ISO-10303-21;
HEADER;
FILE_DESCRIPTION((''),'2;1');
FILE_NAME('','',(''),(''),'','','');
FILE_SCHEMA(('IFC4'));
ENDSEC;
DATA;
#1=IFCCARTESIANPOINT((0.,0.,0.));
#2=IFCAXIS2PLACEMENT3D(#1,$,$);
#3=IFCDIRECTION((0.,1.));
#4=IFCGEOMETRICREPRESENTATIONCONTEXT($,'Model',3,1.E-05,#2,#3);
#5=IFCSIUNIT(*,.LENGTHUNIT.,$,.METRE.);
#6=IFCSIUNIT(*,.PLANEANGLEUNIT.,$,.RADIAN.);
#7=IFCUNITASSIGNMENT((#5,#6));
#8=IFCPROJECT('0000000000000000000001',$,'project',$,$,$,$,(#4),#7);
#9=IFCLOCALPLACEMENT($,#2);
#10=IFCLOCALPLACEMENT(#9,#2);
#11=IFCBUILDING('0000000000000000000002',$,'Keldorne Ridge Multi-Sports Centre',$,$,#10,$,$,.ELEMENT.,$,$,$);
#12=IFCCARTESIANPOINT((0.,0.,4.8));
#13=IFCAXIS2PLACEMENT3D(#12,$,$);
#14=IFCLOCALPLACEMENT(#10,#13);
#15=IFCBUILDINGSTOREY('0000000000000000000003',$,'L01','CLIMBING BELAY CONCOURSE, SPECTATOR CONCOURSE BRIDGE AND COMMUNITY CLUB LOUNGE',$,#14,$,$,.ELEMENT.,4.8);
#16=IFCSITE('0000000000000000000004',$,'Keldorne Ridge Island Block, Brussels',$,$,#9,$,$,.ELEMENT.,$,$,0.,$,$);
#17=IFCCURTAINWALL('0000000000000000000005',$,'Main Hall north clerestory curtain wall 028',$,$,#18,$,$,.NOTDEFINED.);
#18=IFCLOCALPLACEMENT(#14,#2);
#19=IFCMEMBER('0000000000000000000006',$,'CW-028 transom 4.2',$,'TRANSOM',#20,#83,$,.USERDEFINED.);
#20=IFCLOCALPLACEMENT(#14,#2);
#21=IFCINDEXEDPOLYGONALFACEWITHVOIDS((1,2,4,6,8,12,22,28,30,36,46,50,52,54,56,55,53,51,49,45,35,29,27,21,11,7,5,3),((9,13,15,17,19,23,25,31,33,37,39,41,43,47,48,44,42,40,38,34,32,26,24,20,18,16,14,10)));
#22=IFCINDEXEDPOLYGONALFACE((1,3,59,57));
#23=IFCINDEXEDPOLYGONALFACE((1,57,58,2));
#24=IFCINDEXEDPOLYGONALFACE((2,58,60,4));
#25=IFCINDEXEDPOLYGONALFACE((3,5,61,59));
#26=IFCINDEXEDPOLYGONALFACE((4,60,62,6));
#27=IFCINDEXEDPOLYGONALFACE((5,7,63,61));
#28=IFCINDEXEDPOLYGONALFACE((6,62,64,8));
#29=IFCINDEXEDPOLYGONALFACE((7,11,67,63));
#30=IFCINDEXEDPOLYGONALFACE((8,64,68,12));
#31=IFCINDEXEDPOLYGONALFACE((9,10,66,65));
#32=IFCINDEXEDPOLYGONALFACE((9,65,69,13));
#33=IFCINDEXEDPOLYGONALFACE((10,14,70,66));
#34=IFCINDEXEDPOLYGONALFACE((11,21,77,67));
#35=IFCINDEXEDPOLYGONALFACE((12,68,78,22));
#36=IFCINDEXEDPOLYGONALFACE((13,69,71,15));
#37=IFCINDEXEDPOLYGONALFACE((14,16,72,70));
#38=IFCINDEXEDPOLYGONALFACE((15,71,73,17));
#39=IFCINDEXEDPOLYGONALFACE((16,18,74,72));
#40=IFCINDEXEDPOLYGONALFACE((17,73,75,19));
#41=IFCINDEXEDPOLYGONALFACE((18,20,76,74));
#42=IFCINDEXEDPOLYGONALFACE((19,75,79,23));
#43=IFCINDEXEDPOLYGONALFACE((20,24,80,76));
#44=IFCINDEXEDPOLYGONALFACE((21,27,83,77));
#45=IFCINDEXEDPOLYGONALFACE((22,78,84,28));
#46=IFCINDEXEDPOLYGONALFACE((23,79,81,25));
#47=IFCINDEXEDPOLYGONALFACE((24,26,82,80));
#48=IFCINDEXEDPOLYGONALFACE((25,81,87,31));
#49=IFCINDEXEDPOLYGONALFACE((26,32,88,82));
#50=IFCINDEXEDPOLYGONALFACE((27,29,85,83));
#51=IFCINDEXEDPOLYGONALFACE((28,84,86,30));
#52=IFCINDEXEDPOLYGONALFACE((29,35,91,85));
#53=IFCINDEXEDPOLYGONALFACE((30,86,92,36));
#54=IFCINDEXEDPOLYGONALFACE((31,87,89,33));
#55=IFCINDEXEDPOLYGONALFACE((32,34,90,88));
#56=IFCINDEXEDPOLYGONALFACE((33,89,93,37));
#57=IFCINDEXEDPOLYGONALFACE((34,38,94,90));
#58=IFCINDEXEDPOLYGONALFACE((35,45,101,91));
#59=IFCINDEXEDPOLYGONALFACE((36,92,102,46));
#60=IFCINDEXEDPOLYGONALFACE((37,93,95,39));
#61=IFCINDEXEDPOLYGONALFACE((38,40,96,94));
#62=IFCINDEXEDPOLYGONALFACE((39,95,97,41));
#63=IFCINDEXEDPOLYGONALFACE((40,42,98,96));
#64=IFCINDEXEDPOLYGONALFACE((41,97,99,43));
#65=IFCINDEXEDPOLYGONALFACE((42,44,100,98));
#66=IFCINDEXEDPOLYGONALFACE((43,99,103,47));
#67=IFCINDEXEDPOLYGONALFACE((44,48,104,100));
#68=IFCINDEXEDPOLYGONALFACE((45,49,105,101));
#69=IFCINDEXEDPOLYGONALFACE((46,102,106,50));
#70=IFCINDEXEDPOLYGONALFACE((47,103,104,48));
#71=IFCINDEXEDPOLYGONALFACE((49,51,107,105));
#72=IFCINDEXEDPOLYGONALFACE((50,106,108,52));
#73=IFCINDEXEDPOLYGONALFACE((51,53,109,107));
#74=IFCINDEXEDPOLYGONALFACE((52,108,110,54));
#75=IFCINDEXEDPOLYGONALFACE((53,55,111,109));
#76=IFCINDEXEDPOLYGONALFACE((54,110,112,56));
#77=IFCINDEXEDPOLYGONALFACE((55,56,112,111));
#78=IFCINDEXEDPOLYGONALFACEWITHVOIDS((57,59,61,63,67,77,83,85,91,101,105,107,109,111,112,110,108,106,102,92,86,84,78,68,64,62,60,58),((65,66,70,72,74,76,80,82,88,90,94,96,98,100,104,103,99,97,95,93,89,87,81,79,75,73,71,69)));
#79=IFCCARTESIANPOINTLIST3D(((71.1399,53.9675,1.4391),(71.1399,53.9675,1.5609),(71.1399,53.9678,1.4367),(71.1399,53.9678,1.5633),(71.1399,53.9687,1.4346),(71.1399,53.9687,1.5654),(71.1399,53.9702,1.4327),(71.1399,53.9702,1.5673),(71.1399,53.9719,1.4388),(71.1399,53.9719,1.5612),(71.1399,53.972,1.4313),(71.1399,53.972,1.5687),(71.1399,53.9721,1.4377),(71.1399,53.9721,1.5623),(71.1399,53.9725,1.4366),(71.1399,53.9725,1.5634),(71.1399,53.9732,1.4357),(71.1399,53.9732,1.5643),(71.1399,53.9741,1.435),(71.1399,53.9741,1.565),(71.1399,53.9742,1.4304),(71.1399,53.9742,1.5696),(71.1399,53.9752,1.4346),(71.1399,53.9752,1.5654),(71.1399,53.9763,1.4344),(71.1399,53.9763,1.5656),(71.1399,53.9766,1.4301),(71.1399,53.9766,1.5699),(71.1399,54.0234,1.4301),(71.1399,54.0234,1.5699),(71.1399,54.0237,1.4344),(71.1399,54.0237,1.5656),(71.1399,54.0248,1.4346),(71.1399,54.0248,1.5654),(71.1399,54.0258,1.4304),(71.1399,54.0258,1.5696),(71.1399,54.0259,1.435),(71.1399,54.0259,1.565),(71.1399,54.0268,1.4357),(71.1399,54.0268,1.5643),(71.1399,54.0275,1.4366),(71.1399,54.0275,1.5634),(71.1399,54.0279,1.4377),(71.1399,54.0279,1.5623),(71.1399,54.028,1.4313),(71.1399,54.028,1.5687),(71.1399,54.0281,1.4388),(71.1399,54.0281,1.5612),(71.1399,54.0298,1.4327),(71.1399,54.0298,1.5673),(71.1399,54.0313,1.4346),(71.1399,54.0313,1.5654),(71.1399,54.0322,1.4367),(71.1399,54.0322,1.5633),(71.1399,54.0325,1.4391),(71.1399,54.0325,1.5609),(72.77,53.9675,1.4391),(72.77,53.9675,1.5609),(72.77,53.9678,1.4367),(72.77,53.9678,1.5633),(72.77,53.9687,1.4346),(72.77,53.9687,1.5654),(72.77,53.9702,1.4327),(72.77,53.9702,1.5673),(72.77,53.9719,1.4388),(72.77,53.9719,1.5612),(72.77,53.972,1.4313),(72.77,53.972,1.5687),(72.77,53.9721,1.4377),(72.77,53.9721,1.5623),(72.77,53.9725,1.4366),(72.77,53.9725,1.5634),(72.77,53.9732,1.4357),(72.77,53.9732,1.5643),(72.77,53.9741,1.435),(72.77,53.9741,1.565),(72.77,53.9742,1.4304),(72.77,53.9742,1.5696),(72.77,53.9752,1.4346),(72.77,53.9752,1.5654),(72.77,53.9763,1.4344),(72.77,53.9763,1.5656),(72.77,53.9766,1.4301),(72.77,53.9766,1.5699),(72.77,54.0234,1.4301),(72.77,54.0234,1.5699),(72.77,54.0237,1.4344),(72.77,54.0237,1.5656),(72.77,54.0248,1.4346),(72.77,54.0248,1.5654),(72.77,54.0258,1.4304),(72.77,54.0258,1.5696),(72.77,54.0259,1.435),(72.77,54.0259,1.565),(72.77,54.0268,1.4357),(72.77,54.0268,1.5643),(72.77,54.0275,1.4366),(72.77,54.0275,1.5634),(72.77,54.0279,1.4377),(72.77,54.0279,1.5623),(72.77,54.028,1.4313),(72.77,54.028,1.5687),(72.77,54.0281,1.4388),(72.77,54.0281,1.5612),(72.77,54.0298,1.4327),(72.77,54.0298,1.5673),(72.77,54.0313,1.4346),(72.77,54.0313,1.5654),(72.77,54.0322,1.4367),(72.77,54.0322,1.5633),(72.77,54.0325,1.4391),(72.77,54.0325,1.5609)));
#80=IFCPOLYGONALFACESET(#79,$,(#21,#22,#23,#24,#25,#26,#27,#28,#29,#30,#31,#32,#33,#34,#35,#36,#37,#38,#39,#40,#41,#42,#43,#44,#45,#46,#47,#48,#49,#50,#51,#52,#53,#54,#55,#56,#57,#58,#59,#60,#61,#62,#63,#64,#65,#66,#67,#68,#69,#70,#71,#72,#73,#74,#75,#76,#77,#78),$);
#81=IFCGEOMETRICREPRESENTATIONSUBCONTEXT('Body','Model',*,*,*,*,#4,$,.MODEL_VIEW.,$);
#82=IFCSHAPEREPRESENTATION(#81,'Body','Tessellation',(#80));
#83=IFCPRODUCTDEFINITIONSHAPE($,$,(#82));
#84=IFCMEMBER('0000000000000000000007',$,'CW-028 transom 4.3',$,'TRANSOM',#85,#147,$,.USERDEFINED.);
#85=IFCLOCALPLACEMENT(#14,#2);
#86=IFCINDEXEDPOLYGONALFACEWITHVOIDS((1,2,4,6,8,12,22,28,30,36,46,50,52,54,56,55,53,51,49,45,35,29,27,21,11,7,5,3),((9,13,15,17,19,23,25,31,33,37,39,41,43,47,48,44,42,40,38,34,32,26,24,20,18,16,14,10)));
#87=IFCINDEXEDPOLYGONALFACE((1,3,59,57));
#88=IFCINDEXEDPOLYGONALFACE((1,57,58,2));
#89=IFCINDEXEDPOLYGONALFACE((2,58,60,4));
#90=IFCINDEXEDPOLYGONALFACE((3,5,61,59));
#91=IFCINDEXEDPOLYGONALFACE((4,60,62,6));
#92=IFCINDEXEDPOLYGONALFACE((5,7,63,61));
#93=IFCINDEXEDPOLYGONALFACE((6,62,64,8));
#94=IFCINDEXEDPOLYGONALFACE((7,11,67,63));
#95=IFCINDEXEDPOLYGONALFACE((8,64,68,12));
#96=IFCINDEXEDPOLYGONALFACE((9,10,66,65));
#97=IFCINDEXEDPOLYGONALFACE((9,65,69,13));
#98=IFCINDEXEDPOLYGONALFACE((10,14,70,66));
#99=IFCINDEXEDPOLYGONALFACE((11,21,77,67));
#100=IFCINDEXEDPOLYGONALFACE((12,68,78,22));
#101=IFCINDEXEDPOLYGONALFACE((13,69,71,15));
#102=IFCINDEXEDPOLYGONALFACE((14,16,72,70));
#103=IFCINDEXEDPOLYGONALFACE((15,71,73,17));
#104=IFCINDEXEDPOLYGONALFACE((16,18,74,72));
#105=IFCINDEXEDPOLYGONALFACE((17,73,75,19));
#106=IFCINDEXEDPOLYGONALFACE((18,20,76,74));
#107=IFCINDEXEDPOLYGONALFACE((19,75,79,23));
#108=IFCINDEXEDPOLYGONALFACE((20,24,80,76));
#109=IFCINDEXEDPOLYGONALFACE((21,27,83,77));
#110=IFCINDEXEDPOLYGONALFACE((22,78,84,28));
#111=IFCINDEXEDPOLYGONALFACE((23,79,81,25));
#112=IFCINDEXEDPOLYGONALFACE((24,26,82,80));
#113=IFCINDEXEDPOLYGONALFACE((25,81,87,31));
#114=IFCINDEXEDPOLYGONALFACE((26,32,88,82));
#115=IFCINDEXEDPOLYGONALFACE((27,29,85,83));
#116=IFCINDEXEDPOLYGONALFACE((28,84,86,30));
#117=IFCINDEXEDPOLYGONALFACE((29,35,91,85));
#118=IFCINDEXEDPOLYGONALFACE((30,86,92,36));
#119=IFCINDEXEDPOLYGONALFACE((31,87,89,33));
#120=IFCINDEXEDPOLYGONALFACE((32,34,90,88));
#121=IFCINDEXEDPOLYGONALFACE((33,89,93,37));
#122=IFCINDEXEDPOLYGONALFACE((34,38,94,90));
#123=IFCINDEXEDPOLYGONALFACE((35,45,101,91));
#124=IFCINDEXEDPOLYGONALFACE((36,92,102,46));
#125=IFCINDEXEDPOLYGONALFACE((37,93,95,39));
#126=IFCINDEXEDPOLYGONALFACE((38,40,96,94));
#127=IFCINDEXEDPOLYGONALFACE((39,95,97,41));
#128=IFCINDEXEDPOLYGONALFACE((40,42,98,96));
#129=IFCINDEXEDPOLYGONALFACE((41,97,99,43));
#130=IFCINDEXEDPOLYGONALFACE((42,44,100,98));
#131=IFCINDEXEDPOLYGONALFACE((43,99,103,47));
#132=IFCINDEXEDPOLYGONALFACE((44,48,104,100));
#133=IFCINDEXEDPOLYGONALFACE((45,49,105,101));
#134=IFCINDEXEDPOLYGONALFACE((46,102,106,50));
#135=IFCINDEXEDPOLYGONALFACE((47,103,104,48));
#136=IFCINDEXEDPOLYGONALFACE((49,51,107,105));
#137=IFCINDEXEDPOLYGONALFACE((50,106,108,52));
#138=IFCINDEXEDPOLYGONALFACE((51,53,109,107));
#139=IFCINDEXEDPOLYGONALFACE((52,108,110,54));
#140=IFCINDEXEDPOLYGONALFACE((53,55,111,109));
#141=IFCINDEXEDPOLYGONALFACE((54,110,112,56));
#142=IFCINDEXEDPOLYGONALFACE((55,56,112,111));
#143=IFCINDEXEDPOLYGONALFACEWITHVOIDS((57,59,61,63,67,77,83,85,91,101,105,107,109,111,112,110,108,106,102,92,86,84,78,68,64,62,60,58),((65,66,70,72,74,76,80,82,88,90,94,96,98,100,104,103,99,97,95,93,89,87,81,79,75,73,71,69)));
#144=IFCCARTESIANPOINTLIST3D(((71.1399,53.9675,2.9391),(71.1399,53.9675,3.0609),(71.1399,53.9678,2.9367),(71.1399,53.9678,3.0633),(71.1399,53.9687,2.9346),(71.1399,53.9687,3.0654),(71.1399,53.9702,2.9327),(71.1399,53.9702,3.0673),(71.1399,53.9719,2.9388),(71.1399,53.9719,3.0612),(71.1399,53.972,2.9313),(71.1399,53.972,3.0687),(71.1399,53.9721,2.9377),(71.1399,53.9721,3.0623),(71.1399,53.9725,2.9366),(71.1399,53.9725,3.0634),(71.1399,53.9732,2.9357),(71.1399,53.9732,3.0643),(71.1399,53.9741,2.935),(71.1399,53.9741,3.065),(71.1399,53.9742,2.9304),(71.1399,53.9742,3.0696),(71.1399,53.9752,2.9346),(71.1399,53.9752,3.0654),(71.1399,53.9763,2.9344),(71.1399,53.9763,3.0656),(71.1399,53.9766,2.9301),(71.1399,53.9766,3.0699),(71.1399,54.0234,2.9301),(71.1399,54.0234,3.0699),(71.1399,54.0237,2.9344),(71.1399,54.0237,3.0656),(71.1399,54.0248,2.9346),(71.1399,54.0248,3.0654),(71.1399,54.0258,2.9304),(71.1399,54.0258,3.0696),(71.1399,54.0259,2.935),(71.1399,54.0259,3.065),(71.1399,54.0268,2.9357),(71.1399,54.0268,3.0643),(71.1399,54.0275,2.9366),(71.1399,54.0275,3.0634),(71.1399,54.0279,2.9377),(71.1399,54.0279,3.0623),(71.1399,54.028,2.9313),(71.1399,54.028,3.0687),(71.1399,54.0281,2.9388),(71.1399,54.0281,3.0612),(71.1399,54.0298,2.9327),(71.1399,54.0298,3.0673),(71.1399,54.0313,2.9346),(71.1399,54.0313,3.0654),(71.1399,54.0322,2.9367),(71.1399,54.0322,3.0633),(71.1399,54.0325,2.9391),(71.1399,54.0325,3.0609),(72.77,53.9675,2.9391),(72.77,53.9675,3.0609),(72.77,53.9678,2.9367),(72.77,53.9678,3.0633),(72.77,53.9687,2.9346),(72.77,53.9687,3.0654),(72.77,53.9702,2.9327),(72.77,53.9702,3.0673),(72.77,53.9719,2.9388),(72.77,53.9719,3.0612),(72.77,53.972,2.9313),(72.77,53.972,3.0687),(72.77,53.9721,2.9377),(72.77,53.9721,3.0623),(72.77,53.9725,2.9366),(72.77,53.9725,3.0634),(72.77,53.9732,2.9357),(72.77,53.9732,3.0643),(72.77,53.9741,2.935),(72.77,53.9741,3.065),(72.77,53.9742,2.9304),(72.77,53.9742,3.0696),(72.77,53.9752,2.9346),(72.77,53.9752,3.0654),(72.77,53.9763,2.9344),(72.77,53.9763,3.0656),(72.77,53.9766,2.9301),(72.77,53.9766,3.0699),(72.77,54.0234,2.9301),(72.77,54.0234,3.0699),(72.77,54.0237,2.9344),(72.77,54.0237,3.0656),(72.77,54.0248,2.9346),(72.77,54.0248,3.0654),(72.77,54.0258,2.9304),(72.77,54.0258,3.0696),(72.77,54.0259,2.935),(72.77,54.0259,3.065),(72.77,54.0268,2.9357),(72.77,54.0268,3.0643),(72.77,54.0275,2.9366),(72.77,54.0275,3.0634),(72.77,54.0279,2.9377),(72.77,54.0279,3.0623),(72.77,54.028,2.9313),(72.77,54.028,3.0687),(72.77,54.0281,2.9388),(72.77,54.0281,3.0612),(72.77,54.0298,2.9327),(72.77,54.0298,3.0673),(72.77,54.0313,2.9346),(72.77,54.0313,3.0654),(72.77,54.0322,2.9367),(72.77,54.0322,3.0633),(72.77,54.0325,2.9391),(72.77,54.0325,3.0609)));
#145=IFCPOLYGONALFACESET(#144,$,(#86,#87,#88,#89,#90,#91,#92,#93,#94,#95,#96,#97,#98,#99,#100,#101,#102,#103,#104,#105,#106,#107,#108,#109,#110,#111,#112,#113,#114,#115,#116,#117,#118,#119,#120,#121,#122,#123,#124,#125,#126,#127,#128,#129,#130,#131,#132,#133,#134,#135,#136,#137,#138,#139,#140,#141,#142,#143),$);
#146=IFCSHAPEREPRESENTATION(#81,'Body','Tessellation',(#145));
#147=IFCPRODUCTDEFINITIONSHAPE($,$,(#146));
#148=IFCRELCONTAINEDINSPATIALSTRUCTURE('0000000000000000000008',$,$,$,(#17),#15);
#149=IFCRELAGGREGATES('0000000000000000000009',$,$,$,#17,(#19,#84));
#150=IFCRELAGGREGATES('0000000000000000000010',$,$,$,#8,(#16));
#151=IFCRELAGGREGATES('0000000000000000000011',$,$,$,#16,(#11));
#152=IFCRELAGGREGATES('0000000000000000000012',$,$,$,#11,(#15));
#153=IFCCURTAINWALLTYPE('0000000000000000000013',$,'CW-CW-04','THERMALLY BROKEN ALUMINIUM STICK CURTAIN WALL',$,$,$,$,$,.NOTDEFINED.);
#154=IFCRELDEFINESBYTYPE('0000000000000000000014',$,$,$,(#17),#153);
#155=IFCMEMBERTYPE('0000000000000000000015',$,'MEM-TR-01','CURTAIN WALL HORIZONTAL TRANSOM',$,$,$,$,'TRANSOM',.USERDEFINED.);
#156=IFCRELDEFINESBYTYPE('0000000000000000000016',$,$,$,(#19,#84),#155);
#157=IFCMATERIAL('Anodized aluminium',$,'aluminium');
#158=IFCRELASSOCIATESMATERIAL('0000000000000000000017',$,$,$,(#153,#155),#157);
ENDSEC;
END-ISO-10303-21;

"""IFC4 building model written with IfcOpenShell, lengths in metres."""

from ifc_helpers import new_model, si_unit, direction, frame, origin, origin_2d, place, context, subcontext, project, spatial, hollow_rectangle, extrude, material, material_profile, profile_set, type_object, element, aggregate, save


model = new_model("IFC4")

# Units and contexts
model_context = context("Model", 3, precision=1e-05, world=origin(), true_north=direction((0.0, 1.0)))
body_context = subcontext(model_context, "Body", "Model", "MODEL_VIEW")
ifc_project = project(units=[si_unit("LENGTHUNIT", "METRE"), si_unit("PLANEANGLEUNIT", "RADIAN")], contexts=[model_context])

# Site, building, storey
site_placement = place(None, origin())
site = spatial("IfcSite", under=ifc_project, at=site_placement, Name="Keldorne Ridge Island Block, Brussels", CompositionType="ELEMENT", RefElevation=0.0)
building_placement = place(site_placement, origin())
building = spatial("IfcBuilding", under=site, at=building_placement, Name="Keldorne Ridge Multi-Sports Centre", CompositionType="ELEMENT")
storey_placement = place(building_placement, frame((0.0, 0.0, 4.8)))
storey = spatial("IfcBuildingStorey", under=building, at=storey_placement, Name="L01", Description="CLIMBING BELAY CONCOURSE, SPECTATOR CONCOURSE BRIDGE AND COMMUNITY CLUB LOUNGE", CompositionType="ELEMENT", Elevation=4.8)

# Curtain wall
ifc_material_1 = material(Name="Anodized aluminium", Category="aluminium")
curtain_wall_type_1 = type_object("IfcCurtainWallType", Name="CW-CW-04", Description="THERMALLY BROKEN ALUMINIUM STICK CURTAIN WALL", PredefinedType="NOTDEFINED", material=ifc_material_1)
curtain_wall_1_placement = place(storey_placement, origin())
curtain_wall_1 = element("IfcCurtainWall", 1, at=curtain_wall_1_placement, inside=storey, type_object=curtain_wall_type_1, Name="Main Hall north clerestory curtain wall 028", PredefinedType="NOTDEFINED")

# Members
ifc_material_profile_1 = material_profile(ifc_material_1, hollow_rectangle(XDim=0.0649, YDim=0.1399, WallThickness=0.0044, InnerFilletRadius=0.0044, OuterFilletRadius=0.009, at=origin_2d()), Name="ALU TRANSOM 140x65x4.5")
ifc_profile_set_1 = profile_set([ifc_material_profile_1], Name="Anodized aluminium")
member_type_1 = type_object("IfcMemberType", Name="MEM-TR-01", Description="CURTAIN WALL HORIZONTAL TRANSOM", ElementType="TRANSOM", PredefinedType="USERDEFINED", material=ifc_profile_set_1)
member_1_placement = place(storey_placement, frame((72.77, 54.0, 1.5), z_axis=(-1.0, 0.0, 0.0), x_axis=(0.0, -1.0, 0.0)))
member_1 = element("IfcMember", 2, at=member_1_placement, type_object=member_type_1, Name="CW-028 transom 4.2", ObjectType="TRANSOM", PredefinedType="USERDEFINED", context=body_context, shape_type="SweptSolid", body=[
    extrude(hollow_rectangle(XDim=0.0649, YDim=0.1399, WallThickness=0.0044, InnerFilletRadius=0.0044, OuterFilletRadius=0.009, at=origin_2d()), origin(), (0.0, 0.0, 1.0), 1.6301),
])
member_2_placement = place(storey_placement, frame((72.77, 54.0, 3.0), z_axis=(-1.0, 0.0, 0.0), x_axis=(0.0, -1.0, 0.0)))
member_2 = element("IfcMember", 3, at=member_2_placement, type_object=member_type_1, Name="CW-028 transom 4.3", ObjectType="TRANSOM", PredefinedType="USERDEFINED", context=body_context, shape_type="SweptSolid", body=[
    extrude(hollow_rectangle(XDim=0.0649, YDim=0.1399, WallThickness=0.0044, InnerFilletRadius=0.0044, OuterFilletRadius=0.009, at=origin_2d()), origin(), (0.0, 0.0, 1.0), 1.6301),
])

aggregate(curtain_wall_1, [member_1, member_2])

save(model, "model.ifc")
